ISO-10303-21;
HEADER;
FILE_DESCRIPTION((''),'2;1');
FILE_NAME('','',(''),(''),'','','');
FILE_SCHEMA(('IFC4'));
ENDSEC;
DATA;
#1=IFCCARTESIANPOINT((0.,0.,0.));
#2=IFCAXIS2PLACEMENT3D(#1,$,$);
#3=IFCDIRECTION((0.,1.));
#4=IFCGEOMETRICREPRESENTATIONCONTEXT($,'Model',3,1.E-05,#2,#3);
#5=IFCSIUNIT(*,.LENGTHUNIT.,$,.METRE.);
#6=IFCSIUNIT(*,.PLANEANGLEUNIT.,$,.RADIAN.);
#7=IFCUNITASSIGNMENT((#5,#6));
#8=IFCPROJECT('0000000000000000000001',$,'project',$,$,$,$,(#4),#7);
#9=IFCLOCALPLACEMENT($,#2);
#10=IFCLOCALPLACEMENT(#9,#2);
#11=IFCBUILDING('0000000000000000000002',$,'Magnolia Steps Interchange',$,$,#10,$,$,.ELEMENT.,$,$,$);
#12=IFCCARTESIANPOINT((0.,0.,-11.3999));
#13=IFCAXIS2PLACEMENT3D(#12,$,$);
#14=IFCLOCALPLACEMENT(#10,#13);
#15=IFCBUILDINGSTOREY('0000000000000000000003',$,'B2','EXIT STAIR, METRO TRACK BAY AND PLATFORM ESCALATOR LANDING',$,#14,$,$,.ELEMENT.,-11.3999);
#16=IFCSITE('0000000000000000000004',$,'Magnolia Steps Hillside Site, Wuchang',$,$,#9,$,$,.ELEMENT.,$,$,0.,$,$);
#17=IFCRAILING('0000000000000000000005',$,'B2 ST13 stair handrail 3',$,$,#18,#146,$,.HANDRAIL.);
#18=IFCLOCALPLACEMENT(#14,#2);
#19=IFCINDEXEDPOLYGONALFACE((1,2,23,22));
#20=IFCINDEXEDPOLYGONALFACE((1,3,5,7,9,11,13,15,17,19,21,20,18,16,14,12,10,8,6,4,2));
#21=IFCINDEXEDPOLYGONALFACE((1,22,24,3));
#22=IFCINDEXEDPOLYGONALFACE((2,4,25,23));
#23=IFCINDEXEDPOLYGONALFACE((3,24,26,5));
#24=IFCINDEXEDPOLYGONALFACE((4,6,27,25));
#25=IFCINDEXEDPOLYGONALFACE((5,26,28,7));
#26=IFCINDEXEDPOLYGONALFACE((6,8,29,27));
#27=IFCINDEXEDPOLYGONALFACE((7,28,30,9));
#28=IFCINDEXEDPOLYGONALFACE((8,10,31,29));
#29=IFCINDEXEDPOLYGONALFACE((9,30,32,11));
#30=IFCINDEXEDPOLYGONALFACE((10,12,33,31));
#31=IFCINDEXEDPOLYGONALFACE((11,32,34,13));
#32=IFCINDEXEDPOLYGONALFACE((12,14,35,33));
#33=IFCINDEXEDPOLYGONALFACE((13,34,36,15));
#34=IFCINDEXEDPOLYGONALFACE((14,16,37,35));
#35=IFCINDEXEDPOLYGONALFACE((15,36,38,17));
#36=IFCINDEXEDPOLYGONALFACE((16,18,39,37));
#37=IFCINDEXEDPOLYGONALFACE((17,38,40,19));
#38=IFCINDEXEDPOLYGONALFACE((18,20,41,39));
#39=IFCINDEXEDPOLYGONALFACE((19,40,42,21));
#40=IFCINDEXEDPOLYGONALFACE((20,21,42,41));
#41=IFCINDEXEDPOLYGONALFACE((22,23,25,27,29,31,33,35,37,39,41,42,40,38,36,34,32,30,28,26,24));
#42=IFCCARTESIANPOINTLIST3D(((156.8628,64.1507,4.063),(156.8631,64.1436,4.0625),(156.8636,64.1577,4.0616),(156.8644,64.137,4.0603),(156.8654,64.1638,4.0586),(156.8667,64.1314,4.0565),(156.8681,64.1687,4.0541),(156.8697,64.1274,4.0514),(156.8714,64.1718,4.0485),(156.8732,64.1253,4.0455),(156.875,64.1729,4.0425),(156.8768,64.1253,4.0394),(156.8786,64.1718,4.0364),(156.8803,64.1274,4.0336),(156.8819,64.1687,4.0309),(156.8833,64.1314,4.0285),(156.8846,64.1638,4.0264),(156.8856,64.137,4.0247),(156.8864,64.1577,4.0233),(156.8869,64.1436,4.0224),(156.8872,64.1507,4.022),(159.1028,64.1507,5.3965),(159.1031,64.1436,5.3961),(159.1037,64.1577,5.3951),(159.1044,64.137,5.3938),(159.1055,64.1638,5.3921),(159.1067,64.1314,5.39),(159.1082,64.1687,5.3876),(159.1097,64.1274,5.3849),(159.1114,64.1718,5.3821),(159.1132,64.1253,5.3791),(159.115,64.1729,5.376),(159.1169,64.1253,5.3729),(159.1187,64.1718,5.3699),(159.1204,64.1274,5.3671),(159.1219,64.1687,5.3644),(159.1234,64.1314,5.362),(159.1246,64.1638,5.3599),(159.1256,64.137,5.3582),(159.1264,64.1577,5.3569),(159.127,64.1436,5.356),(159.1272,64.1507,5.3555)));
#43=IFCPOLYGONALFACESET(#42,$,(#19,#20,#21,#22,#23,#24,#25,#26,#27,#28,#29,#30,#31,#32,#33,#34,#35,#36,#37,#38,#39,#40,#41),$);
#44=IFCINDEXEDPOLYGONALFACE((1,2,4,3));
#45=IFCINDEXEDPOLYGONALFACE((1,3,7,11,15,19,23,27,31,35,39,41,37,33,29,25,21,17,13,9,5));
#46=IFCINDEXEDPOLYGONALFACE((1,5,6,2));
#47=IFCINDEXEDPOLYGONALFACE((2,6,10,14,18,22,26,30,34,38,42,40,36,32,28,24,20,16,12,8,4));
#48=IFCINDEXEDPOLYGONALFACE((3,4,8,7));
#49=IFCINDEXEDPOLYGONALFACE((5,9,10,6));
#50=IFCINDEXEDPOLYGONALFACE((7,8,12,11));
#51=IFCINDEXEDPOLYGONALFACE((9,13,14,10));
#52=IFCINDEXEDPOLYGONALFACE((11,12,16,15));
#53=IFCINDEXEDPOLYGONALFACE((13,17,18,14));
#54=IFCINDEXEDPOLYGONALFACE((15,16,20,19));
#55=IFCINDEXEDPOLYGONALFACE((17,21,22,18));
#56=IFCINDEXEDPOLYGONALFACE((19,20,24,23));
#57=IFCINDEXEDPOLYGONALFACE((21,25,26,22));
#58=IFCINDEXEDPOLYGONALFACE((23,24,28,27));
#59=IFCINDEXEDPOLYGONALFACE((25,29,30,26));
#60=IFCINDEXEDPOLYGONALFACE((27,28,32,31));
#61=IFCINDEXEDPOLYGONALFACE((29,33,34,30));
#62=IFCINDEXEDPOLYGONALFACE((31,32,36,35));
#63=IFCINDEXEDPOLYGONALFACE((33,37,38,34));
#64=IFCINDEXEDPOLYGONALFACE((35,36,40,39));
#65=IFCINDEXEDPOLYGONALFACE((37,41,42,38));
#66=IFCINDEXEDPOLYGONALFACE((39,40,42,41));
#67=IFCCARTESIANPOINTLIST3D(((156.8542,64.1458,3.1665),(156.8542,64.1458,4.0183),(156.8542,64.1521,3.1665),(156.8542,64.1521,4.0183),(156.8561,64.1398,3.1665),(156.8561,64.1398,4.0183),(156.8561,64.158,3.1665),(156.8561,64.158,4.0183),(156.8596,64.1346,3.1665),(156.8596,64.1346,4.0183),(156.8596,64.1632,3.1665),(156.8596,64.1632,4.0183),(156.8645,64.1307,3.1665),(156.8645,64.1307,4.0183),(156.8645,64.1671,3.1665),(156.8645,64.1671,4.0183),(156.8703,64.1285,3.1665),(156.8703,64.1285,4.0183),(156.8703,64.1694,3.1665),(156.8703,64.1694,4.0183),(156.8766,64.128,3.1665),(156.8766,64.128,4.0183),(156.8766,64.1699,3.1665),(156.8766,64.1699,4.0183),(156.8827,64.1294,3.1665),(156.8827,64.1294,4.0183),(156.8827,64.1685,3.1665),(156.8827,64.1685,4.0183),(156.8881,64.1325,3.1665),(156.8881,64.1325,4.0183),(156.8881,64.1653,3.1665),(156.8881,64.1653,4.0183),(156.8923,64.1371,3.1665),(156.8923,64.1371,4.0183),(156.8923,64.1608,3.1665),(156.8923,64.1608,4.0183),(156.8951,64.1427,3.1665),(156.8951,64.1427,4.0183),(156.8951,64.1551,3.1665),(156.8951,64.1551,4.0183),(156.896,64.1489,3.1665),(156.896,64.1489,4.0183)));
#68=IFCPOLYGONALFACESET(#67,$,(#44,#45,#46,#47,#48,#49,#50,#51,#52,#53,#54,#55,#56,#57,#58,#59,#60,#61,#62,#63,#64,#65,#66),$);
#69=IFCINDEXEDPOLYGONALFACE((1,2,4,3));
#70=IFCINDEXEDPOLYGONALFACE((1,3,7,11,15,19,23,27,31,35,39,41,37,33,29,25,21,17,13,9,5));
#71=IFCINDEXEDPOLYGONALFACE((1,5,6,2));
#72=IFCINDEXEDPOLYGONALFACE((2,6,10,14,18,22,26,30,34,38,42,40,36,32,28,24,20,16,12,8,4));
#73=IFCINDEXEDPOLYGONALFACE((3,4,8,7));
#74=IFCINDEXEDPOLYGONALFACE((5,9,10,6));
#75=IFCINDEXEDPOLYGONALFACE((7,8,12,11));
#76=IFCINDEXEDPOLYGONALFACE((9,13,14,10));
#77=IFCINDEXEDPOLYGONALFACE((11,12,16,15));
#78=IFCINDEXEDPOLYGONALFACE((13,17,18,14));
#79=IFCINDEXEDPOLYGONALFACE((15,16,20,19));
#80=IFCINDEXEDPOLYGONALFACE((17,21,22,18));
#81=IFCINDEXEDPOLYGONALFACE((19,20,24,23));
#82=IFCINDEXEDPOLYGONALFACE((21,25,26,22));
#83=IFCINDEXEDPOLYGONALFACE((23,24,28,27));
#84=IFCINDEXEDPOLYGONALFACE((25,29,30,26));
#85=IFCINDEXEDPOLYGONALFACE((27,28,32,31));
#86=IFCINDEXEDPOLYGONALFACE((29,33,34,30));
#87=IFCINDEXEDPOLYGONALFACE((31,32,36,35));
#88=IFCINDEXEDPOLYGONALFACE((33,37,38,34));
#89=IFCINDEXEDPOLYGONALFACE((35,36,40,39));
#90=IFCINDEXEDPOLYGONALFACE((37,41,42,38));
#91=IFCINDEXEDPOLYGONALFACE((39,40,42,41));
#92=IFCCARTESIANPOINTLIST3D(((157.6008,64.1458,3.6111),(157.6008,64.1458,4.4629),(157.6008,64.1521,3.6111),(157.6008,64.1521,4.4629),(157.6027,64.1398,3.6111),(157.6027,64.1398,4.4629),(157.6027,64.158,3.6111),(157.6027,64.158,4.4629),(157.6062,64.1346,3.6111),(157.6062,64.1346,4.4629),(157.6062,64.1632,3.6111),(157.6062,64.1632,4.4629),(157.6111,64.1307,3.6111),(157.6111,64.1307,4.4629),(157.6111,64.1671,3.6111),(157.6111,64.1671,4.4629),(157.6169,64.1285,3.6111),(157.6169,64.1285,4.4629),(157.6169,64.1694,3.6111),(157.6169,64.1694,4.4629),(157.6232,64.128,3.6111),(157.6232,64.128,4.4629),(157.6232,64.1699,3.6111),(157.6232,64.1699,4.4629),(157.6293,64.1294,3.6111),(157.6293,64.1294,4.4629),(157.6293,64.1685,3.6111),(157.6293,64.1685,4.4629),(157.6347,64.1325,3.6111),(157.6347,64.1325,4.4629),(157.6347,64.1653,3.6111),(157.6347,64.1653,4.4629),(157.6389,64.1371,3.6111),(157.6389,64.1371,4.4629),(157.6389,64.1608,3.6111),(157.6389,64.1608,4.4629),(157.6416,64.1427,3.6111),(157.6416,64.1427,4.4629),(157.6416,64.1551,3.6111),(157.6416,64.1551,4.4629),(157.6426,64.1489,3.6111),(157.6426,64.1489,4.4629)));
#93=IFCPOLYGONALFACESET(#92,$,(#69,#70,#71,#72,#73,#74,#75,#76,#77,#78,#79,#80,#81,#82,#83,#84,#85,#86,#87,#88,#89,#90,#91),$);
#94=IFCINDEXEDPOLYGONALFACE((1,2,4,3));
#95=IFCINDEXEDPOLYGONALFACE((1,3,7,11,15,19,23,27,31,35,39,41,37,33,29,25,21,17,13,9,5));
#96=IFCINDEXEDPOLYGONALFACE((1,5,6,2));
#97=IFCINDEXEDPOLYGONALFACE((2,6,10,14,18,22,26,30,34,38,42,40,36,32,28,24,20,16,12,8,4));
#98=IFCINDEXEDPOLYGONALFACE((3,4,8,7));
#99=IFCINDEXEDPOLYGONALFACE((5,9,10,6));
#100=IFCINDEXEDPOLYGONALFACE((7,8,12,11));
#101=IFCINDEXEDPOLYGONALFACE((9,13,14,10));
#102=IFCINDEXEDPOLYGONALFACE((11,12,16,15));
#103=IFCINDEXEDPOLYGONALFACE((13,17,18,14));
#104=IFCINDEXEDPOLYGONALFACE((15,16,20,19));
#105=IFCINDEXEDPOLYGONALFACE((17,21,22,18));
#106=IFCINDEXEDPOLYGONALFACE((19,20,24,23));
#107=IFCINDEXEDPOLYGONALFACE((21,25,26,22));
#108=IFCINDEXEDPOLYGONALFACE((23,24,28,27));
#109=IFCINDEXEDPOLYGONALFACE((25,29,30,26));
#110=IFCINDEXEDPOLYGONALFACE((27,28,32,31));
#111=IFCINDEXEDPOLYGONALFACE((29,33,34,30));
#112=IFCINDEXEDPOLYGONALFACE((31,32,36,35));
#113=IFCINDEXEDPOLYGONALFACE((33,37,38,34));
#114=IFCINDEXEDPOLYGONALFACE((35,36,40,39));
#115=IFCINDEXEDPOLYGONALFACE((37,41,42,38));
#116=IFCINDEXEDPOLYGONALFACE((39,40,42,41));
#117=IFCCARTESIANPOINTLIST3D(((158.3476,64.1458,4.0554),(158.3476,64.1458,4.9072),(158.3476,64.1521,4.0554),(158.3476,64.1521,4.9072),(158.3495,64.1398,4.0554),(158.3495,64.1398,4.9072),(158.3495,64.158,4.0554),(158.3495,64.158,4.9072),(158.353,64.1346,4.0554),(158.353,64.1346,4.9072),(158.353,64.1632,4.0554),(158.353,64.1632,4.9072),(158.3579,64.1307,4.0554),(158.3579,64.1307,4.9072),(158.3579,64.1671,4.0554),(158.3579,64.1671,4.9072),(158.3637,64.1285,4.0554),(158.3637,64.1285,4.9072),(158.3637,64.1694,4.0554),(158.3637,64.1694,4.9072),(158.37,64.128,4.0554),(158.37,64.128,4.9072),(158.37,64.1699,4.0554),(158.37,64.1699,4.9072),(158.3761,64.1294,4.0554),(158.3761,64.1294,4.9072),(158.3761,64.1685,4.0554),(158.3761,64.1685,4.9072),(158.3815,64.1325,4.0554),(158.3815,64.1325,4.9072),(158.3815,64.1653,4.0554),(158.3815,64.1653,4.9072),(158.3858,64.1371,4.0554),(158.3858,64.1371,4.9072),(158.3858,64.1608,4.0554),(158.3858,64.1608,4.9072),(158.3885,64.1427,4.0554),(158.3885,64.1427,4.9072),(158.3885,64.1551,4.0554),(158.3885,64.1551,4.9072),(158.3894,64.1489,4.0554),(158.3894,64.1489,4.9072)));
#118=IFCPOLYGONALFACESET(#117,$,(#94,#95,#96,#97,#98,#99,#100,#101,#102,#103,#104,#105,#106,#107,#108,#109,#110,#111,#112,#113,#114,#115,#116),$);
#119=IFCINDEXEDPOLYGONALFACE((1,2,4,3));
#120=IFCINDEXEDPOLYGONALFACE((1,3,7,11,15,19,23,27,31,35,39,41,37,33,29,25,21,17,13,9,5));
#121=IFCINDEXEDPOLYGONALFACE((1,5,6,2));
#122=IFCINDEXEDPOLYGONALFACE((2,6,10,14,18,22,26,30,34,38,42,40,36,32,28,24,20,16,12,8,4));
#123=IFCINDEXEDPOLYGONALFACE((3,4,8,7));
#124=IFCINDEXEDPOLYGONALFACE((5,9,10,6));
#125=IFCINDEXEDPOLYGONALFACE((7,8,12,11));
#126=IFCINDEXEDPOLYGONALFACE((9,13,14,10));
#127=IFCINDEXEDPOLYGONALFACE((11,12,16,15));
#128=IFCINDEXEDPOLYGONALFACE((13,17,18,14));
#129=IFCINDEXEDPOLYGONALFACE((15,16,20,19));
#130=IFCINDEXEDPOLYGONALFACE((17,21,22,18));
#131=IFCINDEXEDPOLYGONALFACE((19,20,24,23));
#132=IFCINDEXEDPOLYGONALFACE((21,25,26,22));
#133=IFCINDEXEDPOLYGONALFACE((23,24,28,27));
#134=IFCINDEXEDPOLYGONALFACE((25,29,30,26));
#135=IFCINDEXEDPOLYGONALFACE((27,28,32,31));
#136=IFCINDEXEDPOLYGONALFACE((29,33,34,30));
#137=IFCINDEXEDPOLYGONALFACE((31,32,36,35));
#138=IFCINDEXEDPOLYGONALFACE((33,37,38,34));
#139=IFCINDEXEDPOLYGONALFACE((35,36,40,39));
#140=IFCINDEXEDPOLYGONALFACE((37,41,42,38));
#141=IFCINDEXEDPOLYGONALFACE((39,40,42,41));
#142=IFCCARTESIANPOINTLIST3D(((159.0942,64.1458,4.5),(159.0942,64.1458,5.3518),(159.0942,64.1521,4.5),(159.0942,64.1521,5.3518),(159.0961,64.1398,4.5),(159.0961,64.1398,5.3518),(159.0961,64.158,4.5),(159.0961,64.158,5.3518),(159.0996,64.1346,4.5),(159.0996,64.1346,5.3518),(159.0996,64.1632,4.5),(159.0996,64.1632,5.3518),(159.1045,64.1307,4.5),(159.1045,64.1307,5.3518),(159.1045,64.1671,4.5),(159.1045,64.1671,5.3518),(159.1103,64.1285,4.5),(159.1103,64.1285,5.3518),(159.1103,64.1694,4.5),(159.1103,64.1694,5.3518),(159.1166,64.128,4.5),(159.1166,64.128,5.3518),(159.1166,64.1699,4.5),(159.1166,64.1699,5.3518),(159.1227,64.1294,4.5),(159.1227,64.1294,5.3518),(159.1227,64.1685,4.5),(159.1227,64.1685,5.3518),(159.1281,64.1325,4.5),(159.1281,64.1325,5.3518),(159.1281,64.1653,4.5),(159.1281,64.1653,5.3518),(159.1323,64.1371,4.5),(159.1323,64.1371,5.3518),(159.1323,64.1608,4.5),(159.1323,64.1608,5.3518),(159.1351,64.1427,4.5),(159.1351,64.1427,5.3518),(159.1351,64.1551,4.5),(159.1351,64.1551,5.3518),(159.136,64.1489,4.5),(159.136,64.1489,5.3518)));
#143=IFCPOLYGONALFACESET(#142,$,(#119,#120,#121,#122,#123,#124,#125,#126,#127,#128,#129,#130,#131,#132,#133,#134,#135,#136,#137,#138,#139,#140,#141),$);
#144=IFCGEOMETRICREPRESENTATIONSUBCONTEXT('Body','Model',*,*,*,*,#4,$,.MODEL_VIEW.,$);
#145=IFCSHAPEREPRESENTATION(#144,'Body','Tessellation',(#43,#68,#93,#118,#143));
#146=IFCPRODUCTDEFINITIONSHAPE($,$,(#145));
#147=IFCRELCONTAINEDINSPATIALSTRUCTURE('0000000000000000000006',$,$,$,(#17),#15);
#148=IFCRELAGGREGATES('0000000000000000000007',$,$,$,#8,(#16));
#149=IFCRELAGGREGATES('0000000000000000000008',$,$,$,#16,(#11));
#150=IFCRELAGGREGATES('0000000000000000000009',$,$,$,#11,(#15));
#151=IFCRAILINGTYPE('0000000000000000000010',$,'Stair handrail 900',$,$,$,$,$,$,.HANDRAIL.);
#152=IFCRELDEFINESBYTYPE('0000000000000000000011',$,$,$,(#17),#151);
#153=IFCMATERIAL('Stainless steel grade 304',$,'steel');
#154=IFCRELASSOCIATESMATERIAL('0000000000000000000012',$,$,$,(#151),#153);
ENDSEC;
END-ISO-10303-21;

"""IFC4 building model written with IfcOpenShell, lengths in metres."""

from ifc_helpers import new_model, si_unit, direction, frame, origin, origin_2d, place, context, subcontext, project, spatial, circle, extrude, material, type_object, element, save


model = new_model("IFC4")

# Units and contexts
model_context = context("Model", 3, precision=1e-05, world=origin(), true_north=direction((0.0, 1.0)))
body_context = subcontext(model_context, "Body", "Model", "MODEL_VIEW")
ifc_project = project(units=[si_unit("LENGTHUNIT", "METRE"), si_unit("PLANEANGLEUNIT", "RADIAN")], contexts=[model_context])

# Site, building, storey
site_placement = place(None, origin())
site = spatial("IfcSite", under=ifc_project, at=site_placement, Name="Magnolia Steps Hillside Site, Wuchang", CompositionType="ELEMENT", RefElevation=0.0)
building_placement = place(site_placement, origin())
building = spatial("IfcBuilding", under=site, at=building_placement, Name="Magnolia Steps Interchange", CompositionType="ELEMENT")
storey_placement = place(building_placement, frame((0.0, 0.0, -11.3999)))
storey = spatial("IfcBuildingStorey", under=building, at=storey_placement, Name="B2", Description="EXIT STAIR, METRO TRACK BAY AND PLATFORM ESCALATOR LANDING", CompositionType="ELEMENT", Elevation=-11.3999)

# Railing
ifc_material_1 = material(Name="Stainless steel grade 304", Category="steel")
railing_type_1 = type_object("IfcRailingType", Name="Stair handrail 900", PredefinedType="HANDRAIL", material=ifc_material_1)
for number, where, name in (
    (1, (156.875, 64.1489, 3.1665), "B2 ST13 stair handrail 3"),
):
    element("IfcRailing", number, at=place(storey_placement, frame(where)), inside=storey, type_object=railing_type_1, Name=name, PredefinedType="HANDRAIL", context=body_context, shape_type="SweptSolid", body=[
        extrude(circle(Radius=0.0239, at=origin_2d()), frame((0.0, 0.0, 0.876), z_axis=(0.859264, 0.0, 0.511532), x_axis=(0.0, 1.0, 0.0)), (0.0, 0.0, 1.0), 2.6069),
        extrude(circle(Radius=0.021, at=origin_2d()), origin(), (0.0, 0.0, 1.0), 0.8518),
        extrude(circle(Radius=0.021, at=origin_2d()), frame((0.7466, 0.0, 0.4446)), (0.0, 0.0, 1.0), 0.8518),
        extrude(circle(Radius=0.021, at=origin_2d()), frame((1.4934, 0.0, 0.8889)), (0.0, 0.0, 1.0), 0.8518),
        extrude(circle(Radius=0.021, at=origin_2d()), frame((2.24, 0.0, 1.3335)), (0.0, 0.0, 1.0), 0.8518),
    ])

save(model, "model.ifc")
